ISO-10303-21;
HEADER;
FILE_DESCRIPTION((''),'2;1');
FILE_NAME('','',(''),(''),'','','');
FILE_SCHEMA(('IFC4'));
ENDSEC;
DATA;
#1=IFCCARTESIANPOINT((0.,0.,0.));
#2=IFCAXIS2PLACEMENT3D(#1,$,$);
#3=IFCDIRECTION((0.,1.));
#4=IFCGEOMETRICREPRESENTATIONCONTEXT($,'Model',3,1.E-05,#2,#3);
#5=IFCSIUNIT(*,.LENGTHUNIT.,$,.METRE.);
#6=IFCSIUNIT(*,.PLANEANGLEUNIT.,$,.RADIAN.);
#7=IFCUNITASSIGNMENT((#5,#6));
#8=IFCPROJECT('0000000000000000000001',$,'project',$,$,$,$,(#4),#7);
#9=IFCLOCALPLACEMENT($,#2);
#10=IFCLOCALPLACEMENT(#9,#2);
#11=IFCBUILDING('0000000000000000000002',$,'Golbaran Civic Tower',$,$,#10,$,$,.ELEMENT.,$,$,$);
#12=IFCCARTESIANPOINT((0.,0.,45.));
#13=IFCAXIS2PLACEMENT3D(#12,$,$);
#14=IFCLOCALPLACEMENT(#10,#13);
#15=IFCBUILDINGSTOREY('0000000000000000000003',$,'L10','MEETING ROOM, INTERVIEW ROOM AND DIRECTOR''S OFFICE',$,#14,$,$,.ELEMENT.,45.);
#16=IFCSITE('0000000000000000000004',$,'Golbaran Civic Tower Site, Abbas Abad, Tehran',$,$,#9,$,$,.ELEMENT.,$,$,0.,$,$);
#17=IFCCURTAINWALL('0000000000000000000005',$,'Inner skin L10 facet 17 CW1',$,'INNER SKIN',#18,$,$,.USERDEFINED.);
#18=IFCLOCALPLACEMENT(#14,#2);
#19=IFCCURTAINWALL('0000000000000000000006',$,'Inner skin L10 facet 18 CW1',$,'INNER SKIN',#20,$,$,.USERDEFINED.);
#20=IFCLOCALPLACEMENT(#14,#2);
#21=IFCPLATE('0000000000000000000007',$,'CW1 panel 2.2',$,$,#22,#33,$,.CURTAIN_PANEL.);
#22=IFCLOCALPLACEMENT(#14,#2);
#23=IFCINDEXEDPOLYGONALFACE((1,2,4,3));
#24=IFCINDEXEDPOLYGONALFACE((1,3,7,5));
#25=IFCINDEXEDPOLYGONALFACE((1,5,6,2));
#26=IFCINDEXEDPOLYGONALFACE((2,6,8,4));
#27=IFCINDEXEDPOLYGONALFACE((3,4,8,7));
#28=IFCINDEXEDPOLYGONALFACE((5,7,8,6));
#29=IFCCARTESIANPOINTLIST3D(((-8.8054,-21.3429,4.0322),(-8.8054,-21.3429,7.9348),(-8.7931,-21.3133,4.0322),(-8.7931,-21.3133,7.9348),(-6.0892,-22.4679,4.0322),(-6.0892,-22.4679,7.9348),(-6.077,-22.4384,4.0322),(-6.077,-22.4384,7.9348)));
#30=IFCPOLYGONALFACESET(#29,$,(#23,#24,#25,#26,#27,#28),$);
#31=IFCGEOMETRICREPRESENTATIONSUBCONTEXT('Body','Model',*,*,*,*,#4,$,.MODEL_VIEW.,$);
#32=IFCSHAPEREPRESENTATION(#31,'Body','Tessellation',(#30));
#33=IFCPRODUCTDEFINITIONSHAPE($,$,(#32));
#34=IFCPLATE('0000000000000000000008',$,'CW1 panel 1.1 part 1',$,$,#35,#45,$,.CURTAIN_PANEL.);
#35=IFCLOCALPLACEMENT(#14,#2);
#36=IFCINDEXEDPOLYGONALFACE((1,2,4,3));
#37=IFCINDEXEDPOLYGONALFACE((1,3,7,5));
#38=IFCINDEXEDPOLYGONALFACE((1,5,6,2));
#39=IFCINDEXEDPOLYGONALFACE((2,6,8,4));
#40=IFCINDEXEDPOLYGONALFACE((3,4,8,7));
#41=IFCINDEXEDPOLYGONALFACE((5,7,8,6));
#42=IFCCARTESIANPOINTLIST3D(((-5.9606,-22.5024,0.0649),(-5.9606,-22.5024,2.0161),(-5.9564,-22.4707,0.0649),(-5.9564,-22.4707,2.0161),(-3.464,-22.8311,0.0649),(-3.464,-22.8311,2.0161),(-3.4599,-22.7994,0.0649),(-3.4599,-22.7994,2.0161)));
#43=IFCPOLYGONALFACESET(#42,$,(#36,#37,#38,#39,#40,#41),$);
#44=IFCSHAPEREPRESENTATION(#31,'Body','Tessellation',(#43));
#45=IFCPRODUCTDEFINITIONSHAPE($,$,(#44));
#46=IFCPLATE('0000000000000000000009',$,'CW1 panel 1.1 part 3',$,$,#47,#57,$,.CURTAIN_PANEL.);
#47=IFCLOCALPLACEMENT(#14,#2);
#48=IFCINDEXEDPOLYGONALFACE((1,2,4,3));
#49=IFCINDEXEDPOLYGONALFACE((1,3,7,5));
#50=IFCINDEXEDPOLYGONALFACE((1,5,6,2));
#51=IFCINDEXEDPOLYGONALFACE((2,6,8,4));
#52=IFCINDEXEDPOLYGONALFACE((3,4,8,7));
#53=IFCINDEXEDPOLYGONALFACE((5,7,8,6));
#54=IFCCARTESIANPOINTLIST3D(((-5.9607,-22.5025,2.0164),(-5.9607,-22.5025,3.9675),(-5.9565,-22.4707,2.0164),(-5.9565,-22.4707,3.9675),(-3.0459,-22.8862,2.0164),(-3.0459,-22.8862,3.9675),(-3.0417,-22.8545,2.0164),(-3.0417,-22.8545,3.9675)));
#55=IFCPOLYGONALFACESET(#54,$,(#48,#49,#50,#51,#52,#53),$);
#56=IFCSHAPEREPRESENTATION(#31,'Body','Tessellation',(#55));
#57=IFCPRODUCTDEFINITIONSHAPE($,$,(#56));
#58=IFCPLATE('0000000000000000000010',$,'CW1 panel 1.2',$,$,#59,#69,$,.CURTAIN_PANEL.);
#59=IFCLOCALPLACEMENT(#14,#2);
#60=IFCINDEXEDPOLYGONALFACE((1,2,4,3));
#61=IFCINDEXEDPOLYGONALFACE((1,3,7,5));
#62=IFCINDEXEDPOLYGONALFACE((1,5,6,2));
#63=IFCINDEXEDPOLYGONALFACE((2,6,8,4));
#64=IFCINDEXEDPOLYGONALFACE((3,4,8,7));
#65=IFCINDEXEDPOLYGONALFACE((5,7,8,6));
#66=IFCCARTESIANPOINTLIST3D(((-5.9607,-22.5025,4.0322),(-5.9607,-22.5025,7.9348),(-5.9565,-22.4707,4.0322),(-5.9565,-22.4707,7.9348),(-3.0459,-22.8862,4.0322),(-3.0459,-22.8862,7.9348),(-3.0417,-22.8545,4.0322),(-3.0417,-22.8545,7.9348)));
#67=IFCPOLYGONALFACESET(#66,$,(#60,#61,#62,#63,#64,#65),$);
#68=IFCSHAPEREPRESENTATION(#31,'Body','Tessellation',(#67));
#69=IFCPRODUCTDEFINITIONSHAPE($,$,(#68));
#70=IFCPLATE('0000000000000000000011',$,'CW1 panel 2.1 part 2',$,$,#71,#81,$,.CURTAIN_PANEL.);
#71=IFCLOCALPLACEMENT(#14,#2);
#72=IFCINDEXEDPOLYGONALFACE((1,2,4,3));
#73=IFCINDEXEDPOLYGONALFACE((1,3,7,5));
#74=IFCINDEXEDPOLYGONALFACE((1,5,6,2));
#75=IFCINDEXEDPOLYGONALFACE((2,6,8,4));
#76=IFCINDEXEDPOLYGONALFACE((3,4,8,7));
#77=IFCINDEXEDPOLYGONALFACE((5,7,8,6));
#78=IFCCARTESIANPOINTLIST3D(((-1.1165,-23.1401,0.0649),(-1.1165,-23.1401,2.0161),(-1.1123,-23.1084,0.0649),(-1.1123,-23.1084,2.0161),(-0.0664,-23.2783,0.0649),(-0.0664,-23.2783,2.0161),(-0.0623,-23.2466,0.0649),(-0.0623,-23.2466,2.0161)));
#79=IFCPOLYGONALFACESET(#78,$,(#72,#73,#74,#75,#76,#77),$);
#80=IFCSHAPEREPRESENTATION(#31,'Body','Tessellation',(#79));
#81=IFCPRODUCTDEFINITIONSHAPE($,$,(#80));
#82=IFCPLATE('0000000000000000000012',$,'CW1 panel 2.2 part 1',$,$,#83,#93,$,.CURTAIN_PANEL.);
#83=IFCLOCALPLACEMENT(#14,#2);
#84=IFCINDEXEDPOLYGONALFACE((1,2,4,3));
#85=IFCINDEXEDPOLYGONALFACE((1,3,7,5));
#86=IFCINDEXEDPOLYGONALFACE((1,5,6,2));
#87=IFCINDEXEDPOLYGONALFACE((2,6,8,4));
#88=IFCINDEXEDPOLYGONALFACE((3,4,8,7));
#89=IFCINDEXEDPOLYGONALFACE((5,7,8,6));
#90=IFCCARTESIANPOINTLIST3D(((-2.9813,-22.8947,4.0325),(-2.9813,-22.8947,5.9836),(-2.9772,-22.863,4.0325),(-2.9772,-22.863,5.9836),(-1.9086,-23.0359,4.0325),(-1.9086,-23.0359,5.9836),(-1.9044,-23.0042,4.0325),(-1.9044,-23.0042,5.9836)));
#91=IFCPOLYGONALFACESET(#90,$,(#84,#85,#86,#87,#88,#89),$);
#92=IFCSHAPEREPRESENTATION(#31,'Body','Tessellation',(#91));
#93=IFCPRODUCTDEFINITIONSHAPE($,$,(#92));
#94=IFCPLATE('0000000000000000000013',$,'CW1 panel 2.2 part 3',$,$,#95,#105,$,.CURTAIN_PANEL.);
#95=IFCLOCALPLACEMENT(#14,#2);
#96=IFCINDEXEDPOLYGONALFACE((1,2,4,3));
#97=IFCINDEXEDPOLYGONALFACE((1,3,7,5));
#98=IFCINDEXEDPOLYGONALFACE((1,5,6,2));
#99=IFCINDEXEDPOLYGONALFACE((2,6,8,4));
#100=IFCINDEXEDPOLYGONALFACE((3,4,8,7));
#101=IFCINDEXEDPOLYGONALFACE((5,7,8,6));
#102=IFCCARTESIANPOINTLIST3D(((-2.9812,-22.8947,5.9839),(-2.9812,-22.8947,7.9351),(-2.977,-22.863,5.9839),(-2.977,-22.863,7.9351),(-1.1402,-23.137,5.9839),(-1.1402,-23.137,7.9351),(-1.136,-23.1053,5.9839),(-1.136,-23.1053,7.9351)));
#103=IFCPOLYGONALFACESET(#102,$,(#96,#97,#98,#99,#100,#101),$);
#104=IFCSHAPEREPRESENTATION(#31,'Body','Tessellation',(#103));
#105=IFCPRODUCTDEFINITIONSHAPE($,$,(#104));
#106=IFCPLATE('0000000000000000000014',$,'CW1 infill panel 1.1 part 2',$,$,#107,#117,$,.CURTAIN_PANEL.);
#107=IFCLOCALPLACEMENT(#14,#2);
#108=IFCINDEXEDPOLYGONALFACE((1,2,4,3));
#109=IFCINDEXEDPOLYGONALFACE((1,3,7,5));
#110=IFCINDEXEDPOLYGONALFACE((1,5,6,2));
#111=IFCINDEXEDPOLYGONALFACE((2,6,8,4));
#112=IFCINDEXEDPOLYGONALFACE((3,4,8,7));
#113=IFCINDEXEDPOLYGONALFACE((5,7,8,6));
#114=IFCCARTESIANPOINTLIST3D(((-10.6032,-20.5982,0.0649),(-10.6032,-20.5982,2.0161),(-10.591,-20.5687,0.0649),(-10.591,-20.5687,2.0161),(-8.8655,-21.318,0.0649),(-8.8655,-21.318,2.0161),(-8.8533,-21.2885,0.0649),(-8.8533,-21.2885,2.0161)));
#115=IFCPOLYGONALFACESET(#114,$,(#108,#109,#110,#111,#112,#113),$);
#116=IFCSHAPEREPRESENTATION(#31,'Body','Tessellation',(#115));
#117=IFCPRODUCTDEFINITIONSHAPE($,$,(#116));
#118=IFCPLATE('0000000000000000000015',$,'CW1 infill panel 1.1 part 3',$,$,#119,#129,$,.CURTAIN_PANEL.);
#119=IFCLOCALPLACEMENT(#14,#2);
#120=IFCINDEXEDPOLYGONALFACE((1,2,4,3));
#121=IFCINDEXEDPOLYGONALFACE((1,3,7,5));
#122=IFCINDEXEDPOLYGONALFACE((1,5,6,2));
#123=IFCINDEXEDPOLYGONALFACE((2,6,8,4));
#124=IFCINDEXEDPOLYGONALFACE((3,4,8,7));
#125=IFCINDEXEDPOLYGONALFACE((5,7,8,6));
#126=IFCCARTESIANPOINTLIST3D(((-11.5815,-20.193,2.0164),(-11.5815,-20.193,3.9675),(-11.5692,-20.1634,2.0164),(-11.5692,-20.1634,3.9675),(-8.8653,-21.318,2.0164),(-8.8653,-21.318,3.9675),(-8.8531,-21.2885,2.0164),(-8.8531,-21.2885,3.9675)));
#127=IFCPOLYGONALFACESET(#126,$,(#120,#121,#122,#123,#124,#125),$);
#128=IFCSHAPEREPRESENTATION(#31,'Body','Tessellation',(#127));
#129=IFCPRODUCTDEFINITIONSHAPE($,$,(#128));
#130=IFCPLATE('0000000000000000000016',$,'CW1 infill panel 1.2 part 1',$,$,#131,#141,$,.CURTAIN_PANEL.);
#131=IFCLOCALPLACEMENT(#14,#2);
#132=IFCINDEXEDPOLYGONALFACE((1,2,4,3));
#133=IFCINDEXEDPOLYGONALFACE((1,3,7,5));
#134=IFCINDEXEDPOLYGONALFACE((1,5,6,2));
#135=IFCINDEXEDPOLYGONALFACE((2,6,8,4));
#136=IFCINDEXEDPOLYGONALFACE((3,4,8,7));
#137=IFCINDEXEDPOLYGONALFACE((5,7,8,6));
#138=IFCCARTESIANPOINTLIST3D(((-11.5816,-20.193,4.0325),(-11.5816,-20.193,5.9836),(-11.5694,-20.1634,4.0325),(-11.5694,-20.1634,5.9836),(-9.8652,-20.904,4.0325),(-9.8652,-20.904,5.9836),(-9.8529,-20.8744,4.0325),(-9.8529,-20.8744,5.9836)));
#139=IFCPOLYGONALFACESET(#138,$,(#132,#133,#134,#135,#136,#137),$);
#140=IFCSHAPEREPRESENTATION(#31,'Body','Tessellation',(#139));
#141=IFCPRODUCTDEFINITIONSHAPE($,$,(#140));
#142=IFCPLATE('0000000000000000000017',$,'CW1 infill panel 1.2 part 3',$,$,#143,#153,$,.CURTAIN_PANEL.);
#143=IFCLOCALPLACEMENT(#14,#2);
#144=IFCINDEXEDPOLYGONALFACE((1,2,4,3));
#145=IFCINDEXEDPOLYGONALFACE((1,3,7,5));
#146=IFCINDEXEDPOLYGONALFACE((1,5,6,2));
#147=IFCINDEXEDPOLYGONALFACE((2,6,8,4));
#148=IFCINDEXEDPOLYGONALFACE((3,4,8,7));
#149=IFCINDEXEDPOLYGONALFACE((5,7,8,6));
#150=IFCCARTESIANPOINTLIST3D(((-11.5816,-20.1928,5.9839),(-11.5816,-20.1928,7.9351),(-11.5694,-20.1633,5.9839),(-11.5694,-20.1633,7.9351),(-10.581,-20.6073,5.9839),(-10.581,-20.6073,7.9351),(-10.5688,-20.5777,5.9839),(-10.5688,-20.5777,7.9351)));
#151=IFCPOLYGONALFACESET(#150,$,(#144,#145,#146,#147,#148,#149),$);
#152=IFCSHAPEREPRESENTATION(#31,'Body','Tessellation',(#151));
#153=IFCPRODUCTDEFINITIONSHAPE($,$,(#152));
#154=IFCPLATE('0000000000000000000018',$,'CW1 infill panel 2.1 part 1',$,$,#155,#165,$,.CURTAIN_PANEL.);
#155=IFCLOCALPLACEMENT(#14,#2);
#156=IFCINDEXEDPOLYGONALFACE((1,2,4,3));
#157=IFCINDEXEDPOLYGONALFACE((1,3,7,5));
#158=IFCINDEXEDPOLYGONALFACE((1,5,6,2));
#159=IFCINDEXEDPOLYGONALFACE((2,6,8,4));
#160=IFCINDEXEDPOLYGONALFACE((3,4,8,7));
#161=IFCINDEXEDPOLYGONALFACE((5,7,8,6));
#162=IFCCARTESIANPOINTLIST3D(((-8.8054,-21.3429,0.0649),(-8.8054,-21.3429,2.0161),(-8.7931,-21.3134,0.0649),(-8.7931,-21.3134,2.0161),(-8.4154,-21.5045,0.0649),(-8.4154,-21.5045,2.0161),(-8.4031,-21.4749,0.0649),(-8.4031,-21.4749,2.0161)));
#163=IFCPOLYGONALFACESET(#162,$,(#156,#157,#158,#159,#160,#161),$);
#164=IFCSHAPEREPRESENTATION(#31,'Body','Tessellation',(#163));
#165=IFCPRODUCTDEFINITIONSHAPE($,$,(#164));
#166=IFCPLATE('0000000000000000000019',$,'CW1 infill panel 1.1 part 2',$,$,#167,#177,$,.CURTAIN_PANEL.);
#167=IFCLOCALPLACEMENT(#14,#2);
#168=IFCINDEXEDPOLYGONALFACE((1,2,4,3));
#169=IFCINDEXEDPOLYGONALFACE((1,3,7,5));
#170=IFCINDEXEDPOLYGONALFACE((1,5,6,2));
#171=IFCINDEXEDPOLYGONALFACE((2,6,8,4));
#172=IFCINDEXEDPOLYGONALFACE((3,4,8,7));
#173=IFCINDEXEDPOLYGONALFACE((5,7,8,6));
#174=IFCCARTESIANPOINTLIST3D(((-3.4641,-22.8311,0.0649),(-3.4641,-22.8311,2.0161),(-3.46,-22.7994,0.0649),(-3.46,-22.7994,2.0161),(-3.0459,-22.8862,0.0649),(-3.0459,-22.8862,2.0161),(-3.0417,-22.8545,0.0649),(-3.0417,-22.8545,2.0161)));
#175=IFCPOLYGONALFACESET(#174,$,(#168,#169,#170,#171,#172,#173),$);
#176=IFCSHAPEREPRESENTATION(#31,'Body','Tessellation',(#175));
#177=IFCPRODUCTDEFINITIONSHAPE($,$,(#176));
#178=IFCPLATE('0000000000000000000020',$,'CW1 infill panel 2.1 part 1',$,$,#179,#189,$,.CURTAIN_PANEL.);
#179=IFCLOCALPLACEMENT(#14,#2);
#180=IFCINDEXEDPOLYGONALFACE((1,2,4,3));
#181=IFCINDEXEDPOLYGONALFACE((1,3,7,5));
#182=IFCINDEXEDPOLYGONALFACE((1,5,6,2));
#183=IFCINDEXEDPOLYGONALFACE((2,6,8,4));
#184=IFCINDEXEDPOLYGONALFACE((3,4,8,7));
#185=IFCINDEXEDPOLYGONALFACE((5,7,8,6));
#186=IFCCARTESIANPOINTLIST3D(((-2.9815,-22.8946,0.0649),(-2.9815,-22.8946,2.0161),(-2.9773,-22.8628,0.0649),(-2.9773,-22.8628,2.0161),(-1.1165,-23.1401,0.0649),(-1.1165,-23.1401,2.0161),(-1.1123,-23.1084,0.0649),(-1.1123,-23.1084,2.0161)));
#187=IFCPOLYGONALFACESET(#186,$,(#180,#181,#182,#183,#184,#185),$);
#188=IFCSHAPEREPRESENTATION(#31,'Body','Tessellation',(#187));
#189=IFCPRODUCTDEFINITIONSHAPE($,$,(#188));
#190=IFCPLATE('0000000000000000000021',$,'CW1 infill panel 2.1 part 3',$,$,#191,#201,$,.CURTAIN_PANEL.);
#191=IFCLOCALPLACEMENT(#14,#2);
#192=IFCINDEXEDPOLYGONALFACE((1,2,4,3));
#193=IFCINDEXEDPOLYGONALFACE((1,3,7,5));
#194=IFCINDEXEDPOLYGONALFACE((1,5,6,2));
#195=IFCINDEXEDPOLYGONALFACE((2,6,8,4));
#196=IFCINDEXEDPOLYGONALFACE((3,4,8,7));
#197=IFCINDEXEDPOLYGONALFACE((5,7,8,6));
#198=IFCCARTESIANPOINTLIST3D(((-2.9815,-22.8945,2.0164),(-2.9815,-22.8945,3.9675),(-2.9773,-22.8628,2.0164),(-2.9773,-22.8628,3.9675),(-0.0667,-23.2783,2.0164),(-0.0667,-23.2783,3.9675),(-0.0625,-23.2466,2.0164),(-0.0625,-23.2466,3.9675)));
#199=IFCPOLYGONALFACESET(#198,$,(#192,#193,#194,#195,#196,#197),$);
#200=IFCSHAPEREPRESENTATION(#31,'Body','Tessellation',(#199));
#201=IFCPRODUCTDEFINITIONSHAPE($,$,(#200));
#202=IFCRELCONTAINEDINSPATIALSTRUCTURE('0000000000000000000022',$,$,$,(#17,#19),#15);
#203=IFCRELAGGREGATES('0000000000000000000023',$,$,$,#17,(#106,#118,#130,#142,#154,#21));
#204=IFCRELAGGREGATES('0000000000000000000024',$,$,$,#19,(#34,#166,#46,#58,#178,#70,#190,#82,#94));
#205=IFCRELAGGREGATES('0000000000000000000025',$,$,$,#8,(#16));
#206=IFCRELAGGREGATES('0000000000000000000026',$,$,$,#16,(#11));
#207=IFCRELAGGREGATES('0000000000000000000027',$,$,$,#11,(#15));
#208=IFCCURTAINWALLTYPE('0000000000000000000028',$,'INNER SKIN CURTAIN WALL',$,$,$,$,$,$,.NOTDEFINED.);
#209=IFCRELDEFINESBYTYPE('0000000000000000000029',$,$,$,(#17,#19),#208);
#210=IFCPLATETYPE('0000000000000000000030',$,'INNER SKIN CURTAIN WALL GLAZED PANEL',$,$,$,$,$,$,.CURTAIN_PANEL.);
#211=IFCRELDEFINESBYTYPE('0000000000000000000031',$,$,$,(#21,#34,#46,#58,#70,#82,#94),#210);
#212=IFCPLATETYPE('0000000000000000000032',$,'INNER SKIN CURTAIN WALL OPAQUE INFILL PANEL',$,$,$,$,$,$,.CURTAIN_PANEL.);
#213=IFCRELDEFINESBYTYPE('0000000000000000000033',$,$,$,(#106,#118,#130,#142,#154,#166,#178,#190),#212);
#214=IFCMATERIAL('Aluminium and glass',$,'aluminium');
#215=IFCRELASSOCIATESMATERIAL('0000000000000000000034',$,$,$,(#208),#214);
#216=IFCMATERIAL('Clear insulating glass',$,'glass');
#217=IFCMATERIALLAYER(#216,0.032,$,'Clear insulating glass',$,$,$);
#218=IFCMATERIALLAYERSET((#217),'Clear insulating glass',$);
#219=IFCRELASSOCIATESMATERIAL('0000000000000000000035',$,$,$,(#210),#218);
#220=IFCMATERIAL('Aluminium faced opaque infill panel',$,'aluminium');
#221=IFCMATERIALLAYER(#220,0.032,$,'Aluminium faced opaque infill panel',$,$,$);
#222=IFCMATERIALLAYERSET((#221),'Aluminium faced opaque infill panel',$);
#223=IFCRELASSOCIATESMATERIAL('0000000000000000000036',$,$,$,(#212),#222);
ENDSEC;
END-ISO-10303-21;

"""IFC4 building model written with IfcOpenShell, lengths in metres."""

from ifc_helpers import new_model, si_unit, direction, frame, origin, origin_2d, place, context, subcontext, project, spatial, rectangle, extrude, material, layer, layer_set, type_object, element, aggregate, save


model = new_model("IFC4")

# Units and contexts
model_context = context("Model", 3, precision=1e-05, world=origin(), true_north=direction((0.0, 1.0)))
body_context = subcontext(model_context, "Body", "Model", "MODEL_VIEW")
ifc_project = project(units=[si_unit("LENGTHUNIT", "METRE"), si_unit("PLANEANGLEUNIT", "RADIAN")], contexts=[model_context])

# Site, building, storey
site_placement = place(None, origin())
site = spatial("IfcSite", under=ifc_project, at=site_placement, Name="Golbaran Civic Tower Site, Abbas Abad, Tehran", CompositionType="ELEMENT", RefElevation=0.0)
building_placement = place(site_placement, origin())
building = spatial("IfcBuilding", under=site, at=building_placement, Name="Golbaran Civic Tower", CompositionType="ELEMENT")
storey_placement = place(building_placement, frame((0.0, 0.0, 45.0)))
storey = spatial("IfcBuildingStorey", under=building, at=storey_placement, Name="L10", Description="MEETING ROOM, INTERVIEW ROOM AND DIRECTOR'S OFFICE", CompositionType="ELEMENT", Elevation=45.0)

# Curtain walls
ifc_material_1 = material(Name="Aluminium and glass", Category="aluminium")
curtain_wall_type = type_object("IfcCurtainWallType", Name="INNER SKIN CURTAIN WALL", PredefinedType="NOTDEFINED", material=ifc_material_1)
curtain_wall_1_placement = place(storey_placement, origin())
curtain_wall_1 = element("IfcCurtainWall", 1, at=curtain_wall_1_placement, inside=storey, type_object=curtain_wall_type, Name="Inner skin L10 facet 17 CW1", ObjectType="INNER SKIN", PredefinedType="USERDEFINED")
curtain_wall_2_placement = place(storey_placement, origin())
curtain_wall_2 = element("IfcCurtainWall", 2, at=curtain_wall_2_placement, inside=storey, type_object=curtain_wall_type, Name="Inner skin L10 facet 18 CW1", ObjectType="INNER SKIN", PredefinedType="USERDEFINED")

# Plates
ifc_material_2 = material(Name="Clear insulating glass", Category="glass")
ifc_layer_1 = layer(ifc_material_2, 0.032, Name="Clear insulating glass")
ifc_layer_set_1 = layer_set([ifc_layer_1], Name="Clear insulating glass")
plate_type_1 = type_object("IfcPlateType", Name="INNER SKIN CURTAIN WALL GLAZED PANEL", PredefinedType="CURTAIN_PANEL", material=ifc_layer_set_1)
plate_1_placement = place(storey_placement, frame((-7.4412, -21.8906, 4.0322), z_axis=(0.0, 0.0, 1.0), x_axis=(0.92388, -0.382683, 0.0)))
plate_1 = element("IfcPlate", 3, at=plate_1_placement, type_object=plate_type_1, Name="CW1 panel 2.2", PredefinedType="CURTAIN_PANEL", context=body_context, shape_type="SweptSolid", body=[
    extrude(rectangle(XDim=2.9399, YDim=0.032, at=origin_2d()), origin(), (0.0, 0.0, 1.0), 3.9026),
])
plate_2_placement = place(storey_placement, frame((-4.7102, -22.6509, 0.0649), z_axis=(0.0, 0.0, 1.0), x_axis=(0.991445, -0.130526, 0.0)))
plate_2 = element("IfcPlate", 4, at=plate_2_placement, type_object=plate_type_1, Name="CW1 panel 1.1 part 1", PredefinedType="CURTAIN_PANEL", context=body_context, shape_type="SweptSolid", body=[
    extrude(rectangle(XDim=2.5181, YDim=0.032, at=origin_2d()), origin(), (0.0, 0.0, 1.0), 1.9512),
])
plate_3_placement = place(storey_placement, frame((-4.5012, -22.6785, 2.0164), z_axis=(0.0, 0.0, 1.0), x_axis=(0.991445, -0.130526, 0.0)))
plate_3 = element("IfcPlate", 5, at=plate_3_placement, type_object=plate_type_1, Name="CW1 panel 1.1 part 3", PredefinedType="CURTAIN_PANEL", context=body_context, shape_type="SweptSolid", body=[
    extrude(rectangle(XDim=2.9399, YDim=0.032, at=origin_2d()), origin(), (0.0, 0.0, 1.0), 1.9512),
])
plate_4_placement = place(storey_placement, frame((-4.5012, -22.6785, 4.0322), z_axis=(0.0, 0.0, 1.0), x_axis=(0.991445, -0.130526, 0.0)))
plate_4 = element("IfcPlate", 6, at=plate_4_placement, type_object=plate_type_1, Name="CW1 panel 1.2", PredefinedType="CURTAIN_PANEL", context=body_context, shape_type="SweptSolid", body=[
    extrude(rectangle(XDim=2.9399, YDim=0.032, at=origin_2d()), origin(), (0.0, 0.0, 1.0), 3.9026),
])
plate_5_placement = place(storey_placement, frame((-0.5894, -23.1934, 0.0649), z_axis=(0.0, 0.0, 1.0), x_axis=(0.991445, -0.130526, 0.0)))
plate_5 = element("IfcPlate", 7, at=plate_5_placement, type_object=plate_type_1, Name="CW1 panel 2.1 part 2", PredefinedType="CURTAIN_PANEL", context=body_context, shape_type="SweptSolid", body=[
    extrude(rectangle(XDim=1.0591, YDim=0.032, at=origin_2d()), origin(), (0.0, 0.0, 1.0), 1.9512),
])
plate_6_placement = place(storey_placement, frame((-2.4429, -22.9495, 4.0325), z_axis=(0.0, 0.0, 1.0), x_axis=(0.991445, -0.130526, 0.0)))
plate_6 = element("IfcPlate", 8, at=plate_6_placement, type_object=plate_type_1, Name="CW1 panel 2.2 part 1", PredefinedType="CURTAIN_PANEL", context=body_context, shape_type="SweptSolid", body=[
    extrude(rectangle(XDim=1.082, YDim=0.032, at=origin_2d()), origin(), (0.0, 0.0, 1.0), 1.9512),
])
plate_7_placement = place(storey_placement, frame((-2.0586, -23.0, 5.9839), z_axis=(0.0, 0.0, 1.0), x_axis=(0.991445, -0.130526, 0.0)))
plate_7 = element("IfcPlate", 9, at=plate_7_placement, type_object=plate_type_1, Name="CW1 panel 2.2 part 3", PredefinedType="CURTAIN_PANEL", context=body_context, shape_type="SweptSolid", body=[
    extrude(rectangle(XDim=1.8569, YDim=0.032, at=origin_2d()), origin(), (0.0, 0.0, 1.0), 1.9512),
])
ifc_material_3 = material(Name="Aluminium faced opaque infill panel", Category="aluminium")
ifc_layer_2 = layer(ifc_material_3, 0.032, Name="Aluminium faced opaque infill panel")
ifc_layer_set_2 = layer_set([ifc_layer_2], Name="Aluminium faced opaque infill panel")
plate_type_2 = type_object("IfcPlateType", Name="INNER SKIN CURTAIN WALL OPAQUE INFILL PANEL", PredefinedType="CURTAIN_PANEL", material=ifc_layer_set_2)
plate_8_placement = place(storey_placement, frame((-9.7283, -20.9434, 0.0649), z_axis=(0.0, 0.0, 1.0), x_axis=(0.92388, -0.382683, 0.0)))
plate_8 = element("IfcPlate", 10, at=plate_8_placement, type_object=plate_type_2, Name="CW1 infill panel 1.1 part 2", PredefinedType="CURTAIN_PANEL", context=body_context, shape_type="SweptSolid", body=[
    extrude(rectangle(XDim=1.8809, YDim=0.032, at=origin_2d()), origin(), (0.0, 0.0, 1.0), 1.9512),
])
plate_9_placement = place(storey_placement, frame((-10.2173, -20.7407, 2.0164), z_axis=(0.0, 0.0, 1.0), x_axis=(0.92388, -0.382683, 0.0)))
plate_9 = element("IfcPlate", 11, at=plate_9_placement, type_object=plate_type_2, Name="CW1 infill panel 1.1 part 3", PredefinedType="CURTAIN_PANEL", context=body_context, shape_type="SweptSolid", body=[
    extrude(rectangle(XDim=2.9399, YDim=0.032, at=origin_2d()), origin(), (0.0, 0.0, 1.0), 1.9512),
])
plate_10_placement = place(storey_placement, frame((-10.7173, -20.5337, 4.0325), z_axis=(0.0, 0.0, 1.0), x_axis=(0.92388, -0.382683, 0.0)))
plate_10 = element("IfcPlate", 12, at=plate_10_placement, type_object=plate_type_2, Name="CW1 infill panel 1.2 part 1", PredefinedType="CURTAIN_PANEL", context=body_context, shape_type="SweptSolid", body=[
    extrude(rectangle(XDim=1.8579, YDim=0.032, at=origin_2d()), origin(), (0.0, 0.0, 1.0), 1.9512),
])
plate_11_placement = place(storey_placement, frame((-11.0752, -20.3853, 5.9839), z_axis=(0.0, 0.0, 1.0), x_axis=(0.92388, -0.382683, 0.0)))
plate_11 = element("IfcPlate", 13, at=plate_11_placement, type_object=plate_type_2, Name="CW1 infill panel 1.2 part 3", PredefinedType="CURTAIN_PANEL", context=body_context, shape_type="SweptSolid", body=[
    extrude(rectangle(XDim=1.083, YDim=0.032, at=origin_2d()), origin(), (0.0, 0.0, 1.0), 1.9512),
])
plate_12_placement = place(storey_placement, frame((-8.6042, -21.4089, 0.0649), z_axis=(0.0, 0.0, 1.0), x_axis=(0.92388, -0.382683, 0.0)))
plate_12 = element("IfcPlate", 14, at=plate_12_placement, type_object=plate_type_2, Name="CW1 infill panel 2.1 part 1", PredefinedType="CURTAIN_PANEL", context=body_context, shape_type="SweptSolid", body=[
    extrude(rectangle(XDim=0.4221, YDim=0.032, at=origin_2d()), origin(), (0.0, 0.0, 1.0), 1.9512),
])
aggregate(curtain_wall_1, [plate_8, plate_9, plate_10, plate_11, plate_12, plate_1])
plate_13_placement = place(storey_placement, frame((-3.2529, -22.8428, 0.0649), z_axis=(0.0, 0.0, 1.0), x_axis=(0.991445, -0.130526, 0.0)))
plate_13 = element("IfcPlate", 15, at=plate_13_placement, type_object=plate_type_2, Name="CW1 infill panel 1.1 part 2", PredefinedType="CURTAIN_PANEL", context=body_context, shape_type="SweptSolid", body=[
    extrude(rectangle(XDim=0.4219, YDim=0.032, at=origin_2d()), origin(), (0.0, 0.0, 1.0), 1.9512),
])
plate_14_placement = place(storey_placement, frame((-2.0469, -23.0015, 0.0649), z_axis=(0.0, 0.0, 1.0), x_axis=(0.991445, -0.130526, 0.0)))
plate_14 = element("IfcPlate", 16, at=plate_14_placement, type_object=plate_type_2, Name="CW1 infill panel 2.1 part 1", PredefinedType="CURTAIN_PANEL", context=body_context, shape_type="SweptSolid", body=[
    extrude(rectangle(XDim=1.8811, YDim=0.032, at=origin_2d()), origin(), (0.0, 0.0, 1.0), 1.9512),
])
plate_15_placement = place(storey_placement, frame((-1.522, -23.0706, 2.0164), z_axis=(0.0, 0.0, 1.0), x_axis=(0.991445, -0.130526, 0.0)))
plate_15 = element("IfcPlate", 17, at=plate_15_placement, type_object=plate_type_2, Name="CW1 infill panel 2.1 part 3", PredefinedType="CURTAIN_PANEL", context=body_context, shape_type="SweptSolid", body=[
    extrude(rectangle(XDim=2.9399, YDim=0.032, at=origin_2d()), origin(), (0.0, 0.0, 1.0), 1.9512),
])
aggregate(curtain_wall_2, [plate_2, plate_13, plate_3, plate_4, plate_14, plate_5, plate_15, plate_6, plate_7])

save(model, "model.ifc")
